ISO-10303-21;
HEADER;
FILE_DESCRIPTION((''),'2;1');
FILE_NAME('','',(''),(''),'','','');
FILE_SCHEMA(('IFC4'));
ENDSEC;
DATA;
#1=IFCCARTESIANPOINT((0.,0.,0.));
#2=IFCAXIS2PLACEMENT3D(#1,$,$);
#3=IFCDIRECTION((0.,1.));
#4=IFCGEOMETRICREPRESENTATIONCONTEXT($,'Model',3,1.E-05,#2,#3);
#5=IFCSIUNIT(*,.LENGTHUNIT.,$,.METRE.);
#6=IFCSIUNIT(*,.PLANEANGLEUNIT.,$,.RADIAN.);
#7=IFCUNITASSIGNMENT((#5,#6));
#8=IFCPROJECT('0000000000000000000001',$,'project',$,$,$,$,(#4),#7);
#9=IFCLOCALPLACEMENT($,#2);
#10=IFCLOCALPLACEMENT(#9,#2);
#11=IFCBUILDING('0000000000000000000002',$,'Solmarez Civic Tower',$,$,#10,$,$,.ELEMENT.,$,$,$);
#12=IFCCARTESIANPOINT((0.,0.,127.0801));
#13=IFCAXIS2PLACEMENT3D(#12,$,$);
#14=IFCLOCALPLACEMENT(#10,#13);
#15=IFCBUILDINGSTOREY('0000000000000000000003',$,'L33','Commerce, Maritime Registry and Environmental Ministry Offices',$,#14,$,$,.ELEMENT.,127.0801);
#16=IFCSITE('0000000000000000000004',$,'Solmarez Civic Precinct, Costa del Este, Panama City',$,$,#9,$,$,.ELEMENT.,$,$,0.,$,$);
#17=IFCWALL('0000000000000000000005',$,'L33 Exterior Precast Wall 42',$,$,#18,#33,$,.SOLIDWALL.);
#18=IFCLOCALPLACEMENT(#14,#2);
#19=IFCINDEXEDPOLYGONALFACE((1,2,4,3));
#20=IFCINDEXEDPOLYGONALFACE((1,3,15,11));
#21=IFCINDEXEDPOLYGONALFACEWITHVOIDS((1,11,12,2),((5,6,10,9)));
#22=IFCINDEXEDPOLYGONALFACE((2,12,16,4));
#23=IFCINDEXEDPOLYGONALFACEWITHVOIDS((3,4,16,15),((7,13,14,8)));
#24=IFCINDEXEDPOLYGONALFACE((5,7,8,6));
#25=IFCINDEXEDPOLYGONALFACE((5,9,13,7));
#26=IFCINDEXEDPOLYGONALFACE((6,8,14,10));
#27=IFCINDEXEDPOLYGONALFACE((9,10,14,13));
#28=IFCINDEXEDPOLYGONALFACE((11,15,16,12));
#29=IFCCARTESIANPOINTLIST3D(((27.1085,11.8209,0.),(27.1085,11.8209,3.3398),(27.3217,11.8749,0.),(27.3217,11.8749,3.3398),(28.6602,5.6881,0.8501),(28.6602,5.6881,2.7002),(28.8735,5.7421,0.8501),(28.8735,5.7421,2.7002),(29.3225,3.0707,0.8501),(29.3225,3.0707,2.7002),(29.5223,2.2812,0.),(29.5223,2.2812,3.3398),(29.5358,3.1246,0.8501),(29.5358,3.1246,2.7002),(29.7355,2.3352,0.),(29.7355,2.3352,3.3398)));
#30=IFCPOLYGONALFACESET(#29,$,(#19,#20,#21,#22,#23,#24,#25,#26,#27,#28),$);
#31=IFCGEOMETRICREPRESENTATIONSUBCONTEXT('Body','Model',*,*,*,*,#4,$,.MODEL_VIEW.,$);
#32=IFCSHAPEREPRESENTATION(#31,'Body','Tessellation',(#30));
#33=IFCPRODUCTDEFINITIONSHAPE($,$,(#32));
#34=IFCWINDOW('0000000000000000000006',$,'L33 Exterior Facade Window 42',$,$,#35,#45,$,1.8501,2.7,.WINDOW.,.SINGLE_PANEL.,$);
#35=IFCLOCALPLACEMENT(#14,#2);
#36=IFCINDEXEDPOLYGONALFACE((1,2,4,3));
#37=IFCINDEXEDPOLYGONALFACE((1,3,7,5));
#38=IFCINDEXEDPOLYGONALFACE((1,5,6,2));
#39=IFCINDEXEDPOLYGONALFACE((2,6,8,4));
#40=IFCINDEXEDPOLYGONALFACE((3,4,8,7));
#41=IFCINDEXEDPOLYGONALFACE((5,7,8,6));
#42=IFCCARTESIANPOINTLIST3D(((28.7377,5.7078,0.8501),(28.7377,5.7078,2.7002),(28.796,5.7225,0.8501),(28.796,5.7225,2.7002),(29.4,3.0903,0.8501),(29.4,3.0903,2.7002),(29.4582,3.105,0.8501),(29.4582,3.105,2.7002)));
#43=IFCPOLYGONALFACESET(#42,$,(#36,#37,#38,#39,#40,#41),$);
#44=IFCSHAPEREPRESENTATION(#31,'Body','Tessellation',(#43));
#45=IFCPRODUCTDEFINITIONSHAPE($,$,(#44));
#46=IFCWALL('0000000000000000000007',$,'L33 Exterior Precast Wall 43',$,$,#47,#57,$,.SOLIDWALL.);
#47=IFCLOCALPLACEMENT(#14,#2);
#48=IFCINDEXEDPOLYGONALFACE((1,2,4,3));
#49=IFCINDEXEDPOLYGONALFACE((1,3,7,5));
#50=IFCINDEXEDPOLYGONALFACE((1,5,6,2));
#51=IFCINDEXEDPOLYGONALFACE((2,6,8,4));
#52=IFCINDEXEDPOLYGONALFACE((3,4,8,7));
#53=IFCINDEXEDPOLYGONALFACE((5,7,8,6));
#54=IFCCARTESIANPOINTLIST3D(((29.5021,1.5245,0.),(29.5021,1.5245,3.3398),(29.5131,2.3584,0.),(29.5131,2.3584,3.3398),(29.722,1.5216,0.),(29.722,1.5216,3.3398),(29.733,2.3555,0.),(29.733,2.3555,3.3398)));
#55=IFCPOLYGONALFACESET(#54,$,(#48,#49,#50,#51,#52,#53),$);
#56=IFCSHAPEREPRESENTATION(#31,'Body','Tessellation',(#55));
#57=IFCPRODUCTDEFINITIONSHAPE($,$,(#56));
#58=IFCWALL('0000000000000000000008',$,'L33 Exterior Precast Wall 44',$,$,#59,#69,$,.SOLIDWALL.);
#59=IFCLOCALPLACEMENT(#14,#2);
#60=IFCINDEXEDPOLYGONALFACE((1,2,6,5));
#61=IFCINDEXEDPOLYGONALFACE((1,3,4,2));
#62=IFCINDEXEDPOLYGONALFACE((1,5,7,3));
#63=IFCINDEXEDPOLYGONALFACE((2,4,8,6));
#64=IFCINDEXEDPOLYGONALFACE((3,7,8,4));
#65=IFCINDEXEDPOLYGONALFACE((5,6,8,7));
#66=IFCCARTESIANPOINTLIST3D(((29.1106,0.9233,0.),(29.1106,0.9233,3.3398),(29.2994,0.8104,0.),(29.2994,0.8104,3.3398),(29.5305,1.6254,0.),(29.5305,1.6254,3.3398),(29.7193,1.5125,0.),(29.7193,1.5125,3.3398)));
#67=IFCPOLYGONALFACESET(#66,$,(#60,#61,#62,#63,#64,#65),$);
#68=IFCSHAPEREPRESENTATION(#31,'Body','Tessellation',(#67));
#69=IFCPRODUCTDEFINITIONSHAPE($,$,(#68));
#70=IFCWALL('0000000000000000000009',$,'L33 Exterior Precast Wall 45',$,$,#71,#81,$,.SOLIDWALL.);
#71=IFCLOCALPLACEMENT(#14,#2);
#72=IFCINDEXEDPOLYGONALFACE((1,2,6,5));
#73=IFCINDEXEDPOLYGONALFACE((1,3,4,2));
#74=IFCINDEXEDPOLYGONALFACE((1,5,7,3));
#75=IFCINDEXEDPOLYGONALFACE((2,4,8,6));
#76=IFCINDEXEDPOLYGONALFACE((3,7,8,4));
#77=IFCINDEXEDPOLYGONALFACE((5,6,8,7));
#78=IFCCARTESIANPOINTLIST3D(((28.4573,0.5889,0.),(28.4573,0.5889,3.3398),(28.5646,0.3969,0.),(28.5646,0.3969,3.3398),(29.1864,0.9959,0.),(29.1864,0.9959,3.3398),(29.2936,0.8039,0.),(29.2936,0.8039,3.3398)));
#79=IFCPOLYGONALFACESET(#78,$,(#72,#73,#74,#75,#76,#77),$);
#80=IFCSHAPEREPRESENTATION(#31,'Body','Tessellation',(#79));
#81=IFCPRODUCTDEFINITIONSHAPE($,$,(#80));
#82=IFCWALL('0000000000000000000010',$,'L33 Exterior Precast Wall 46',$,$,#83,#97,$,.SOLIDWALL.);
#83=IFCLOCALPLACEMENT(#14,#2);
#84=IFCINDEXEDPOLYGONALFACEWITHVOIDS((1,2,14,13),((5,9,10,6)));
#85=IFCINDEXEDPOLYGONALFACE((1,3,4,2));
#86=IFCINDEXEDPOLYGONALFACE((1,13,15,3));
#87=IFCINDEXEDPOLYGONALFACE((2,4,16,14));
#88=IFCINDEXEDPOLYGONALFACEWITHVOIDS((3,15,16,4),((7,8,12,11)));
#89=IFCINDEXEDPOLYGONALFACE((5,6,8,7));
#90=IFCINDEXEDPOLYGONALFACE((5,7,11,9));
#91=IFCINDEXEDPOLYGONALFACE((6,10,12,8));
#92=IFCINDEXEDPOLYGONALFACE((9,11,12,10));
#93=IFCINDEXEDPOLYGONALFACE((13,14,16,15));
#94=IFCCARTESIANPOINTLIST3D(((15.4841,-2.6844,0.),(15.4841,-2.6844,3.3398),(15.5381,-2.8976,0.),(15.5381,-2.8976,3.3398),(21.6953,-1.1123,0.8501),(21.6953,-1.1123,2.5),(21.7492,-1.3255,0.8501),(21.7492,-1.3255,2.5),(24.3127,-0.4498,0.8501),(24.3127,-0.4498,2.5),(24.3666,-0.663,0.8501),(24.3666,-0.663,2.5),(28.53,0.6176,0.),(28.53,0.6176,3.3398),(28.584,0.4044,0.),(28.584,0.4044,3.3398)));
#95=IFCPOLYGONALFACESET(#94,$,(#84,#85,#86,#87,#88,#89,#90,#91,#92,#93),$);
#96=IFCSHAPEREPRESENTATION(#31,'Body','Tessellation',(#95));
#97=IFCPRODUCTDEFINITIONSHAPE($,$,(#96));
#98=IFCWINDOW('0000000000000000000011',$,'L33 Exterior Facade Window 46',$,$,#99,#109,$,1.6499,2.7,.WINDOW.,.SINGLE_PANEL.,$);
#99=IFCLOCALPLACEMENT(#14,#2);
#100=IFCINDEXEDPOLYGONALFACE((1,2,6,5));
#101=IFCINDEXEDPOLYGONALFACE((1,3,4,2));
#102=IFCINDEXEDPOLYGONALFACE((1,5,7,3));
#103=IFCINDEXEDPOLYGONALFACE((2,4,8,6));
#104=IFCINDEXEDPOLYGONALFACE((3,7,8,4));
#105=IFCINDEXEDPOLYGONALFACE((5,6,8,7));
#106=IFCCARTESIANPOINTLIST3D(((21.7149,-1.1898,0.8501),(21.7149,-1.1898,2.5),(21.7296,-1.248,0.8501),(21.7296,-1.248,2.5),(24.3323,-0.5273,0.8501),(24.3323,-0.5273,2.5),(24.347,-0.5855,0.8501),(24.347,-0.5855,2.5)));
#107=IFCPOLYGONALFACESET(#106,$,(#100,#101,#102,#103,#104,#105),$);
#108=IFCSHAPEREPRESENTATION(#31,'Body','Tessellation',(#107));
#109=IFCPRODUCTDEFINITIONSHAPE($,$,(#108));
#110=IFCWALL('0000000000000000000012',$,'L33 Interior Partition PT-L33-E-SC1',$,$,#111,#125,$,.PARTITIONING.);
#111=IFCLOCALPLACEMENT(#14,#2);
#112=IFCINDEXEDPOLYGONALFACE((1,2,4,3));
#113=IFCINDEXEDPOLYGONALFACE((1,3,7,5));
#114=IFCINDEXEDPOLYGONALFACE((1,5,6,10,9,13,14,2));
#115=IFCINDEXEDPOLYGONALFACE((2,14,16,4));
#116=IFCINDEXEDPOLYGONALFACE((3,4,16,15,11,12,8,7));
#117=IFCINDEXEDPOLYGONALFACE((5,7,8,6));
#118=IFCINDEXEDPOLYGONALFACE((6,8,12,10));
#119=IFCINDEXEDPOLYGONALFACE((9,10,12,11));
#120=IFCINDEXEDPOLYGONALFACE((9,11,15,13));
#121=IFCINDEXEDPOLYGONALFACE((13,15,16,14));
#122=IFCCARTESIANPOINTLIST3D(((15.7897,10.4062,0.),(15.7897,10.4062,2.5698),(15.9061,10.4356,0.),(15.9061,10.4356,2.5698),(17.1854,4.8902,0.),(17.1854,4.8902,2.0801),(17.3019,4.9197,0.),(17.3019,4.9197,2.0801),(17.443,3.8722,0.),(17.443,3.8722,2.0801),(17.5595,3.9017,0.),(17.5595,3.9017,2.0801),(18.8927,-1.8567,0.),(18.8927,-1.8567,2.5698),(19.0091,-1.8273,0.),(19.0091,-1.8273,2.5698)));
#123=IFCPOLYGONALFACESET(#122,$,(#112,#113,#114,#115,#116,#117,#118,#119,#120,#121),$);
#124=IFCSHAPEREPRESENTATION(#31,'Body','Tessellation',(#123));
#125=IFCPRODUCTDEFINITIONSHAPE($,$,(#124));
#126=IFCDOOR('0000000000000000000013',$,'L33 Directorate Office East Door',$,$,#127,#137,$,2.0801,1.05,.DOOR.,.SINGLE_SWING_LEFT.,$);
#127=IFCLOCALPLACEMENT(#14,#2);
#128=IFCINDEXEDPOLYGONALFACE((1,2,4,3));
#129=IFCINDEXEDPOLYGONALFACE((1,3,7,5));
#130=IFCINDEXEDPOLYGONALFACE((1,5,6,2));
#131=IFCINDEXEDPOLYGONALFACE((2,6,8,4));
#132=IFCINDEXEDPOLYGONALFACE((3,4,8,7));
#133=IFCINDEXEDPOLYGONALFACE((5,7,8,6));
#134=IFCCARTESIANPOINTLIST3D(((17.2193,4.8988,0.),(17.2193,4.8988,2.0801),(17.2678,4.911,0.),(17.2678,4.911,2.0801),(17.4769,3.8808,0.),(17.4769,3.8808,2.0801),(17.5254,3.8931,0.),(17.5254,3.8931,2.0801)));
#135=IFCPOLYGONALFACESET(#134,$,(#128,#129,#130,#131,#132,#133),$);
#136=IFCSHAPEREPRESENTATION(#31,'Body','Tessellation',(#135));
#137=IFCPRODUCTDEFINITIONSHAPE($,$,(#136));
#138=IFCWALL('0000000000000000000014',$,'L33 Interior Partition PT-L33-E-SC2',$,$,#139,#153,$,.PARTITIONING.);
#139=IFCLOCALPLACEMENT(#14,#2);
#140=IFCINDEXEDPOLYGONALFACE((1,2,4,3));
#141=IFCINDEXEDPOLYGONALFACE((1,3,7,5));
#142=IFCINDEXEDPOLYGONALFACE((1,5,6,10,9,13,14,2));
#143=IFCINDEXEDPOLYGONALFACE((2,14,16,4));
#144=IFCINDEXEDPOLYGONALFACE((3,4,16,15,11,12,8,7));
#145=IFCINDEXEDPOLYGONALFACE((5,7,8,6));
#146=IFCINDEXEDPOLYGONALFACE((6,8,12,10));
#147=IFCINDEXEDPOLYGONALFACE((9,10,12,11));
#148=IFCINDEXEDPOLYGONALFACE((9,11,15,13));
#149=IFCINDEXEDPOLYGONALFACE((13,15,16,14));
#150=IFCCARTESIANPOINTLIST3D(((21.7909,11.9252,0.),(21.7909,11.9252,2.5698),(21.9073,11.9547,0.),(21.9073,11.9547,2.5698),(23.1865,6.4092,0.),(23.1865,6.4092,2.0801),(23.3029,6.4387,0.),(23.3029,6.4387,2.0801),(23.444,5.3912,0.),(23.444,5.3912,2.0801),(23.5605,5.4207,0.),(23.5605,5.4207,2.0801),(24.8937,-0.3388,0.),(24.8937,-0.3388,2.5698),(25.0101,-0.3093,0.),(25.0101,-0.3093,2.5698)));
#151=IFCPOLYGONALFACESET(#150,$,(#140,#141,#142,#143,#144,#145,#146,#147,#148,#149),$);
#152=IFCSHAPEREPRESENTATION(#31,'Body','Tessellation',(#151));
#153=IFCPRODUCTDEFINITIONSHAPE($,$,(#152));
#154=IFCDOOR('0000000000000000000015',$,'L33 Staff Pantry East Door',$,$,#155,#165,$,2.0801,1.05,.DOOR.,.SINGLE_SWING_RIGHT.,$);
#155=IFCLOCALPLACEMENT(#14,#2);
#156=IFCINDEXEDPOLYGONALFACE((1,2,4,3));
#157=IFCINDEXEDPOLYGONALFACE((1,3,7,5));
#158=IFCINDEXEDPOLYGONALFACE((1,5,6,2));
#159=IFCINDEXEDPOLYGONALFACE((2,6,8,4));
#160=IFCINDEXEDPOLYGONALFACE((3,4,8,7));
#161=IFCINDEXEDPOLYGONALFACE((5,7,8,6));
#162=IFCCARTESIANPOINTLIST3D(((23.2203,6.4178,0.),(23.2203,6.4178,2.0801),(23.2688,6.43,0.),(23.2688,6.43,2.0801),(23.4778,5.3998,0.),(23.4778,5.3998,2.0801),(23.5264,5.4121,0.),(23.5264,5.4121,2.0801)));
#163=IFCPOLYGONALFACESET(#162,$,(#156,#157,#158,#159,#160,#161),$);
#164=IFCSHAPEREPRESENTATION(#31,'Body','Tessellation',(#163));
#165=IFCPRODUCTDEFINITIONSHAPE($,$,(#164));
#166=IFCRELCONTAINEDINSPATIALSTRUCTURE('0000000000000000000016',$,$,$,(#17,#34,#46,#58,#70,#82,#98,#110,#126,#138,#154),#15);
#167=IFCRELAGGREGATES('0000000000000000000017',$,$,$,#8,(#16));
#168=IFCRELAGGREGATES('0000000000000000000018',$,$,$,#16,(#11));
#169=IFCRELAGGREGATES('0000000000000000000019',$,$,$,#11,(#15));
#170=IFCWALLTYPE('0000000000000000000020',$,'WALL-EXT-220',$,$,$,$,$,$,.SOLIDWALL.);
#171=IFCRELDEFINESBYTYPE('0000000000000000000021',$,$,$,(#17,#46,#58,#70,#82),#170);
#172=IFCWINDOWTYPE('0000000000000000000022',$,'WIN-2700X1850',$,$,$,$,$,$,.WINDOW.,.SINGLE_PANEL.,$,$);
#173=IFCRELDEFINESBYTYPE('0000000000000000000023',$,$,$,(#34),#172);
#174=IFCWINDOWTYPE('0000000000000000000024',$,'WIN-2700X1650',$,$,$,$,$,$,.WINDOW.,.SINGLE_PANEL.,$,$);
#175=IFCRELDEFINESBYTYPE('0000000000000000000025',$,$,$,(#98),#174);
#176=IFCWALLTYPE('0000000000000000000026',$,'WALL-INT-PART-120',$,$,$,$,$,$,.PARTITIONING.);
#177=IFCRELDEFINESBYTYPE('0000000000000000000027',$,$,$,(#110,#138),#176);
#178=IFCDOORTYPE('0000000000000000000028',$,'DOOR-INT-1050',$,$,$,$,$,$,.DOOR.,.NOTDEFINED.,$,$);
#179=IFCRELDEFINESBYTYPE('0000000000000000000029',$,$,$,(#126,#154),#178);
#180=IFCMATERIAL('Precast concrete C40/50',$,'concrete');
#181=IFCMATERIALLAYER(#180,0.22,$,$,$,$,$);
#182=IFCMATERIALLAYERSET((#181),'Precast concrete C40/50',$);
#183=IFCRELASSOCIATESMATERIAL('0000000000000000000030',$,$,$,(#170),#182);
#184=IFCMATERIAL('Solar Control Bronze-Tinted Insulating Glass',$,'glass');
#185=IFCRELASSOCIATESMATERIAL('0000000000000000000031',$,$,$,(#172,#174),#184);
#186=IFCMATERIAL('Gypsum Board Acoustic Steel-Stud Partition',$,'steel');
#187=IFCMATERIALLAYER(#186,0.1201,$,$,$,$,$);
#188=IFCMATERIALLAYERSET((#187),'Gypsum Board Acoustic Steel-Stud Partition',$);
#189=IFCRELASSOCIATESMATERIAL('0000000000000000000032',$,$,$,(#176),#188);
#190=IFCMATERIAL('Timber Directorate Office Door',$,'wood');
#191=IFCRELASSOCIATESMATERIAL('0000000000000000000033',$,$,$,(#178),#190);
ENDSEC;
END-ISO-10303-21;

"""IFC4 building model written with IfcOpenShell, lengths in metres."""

from ifc_helpers import new_model, si_unit, direction, frame, frame_2d, origin, place, context, subcontext, project, spatial, rectangle, extrude, material, layer, layer_set, type_object, element, fill, save


model = new_model("IFC4")

# Units and contexts
model_context = context("Model", 3, precision=1e-05, world=origin(), true_north=direction((0.0, 1.0)))
body_context = subcontext(model_context, "Body", "Model", "MODEL_VIEW")
ifc_project = project(units=[si_unit("LENGTHUNIT", "METRE"), si_unit("PLANEANGLEUNIT", "RADIAN")], contexts=[model_context])

# Site, building, storey
site_placement = place(None, origin())
site = spatial("IfcSite", under=ifc_project, at=site_placement, Name="Solmarez Civic Precinct, Costa del Este, Panama City", CompositionType="ELEMENT", RefElevation=0.0)
building_placement = place(site_placement, origin())
building = spatial("IfcBuilding", under=site, at=building_placement, Name="Solmarez Civic Tower", CompositionType="ELEMENT")
storey_placement = place(building_placement, frame((0.0, 0.0, 127.0801)))
storey = spatial("IfcBuildingStorey", under=building, at=storey_placement, Name="L33", Description="Commerce, Maritime Registry and Environmental Ministry Offices", CompositionType="ELEMENT", Elevation=127.0801)

# Shared definitions
ifc_material_1 = material(Name="Precast concrete C40/50", Category="concrete")
ifc_layer_1 = layer(ifc_material_1, 0.22)
ifc_layer_set_1 = layer_set([ifc_layer_1], Name="Precast concrete C40/50")
wall_type_1 = type_object("IfcWallType", Name="WALL-EXT-220", PredefinedType="SOLIDWALL", material=ifc_layer_set_1)

# Wall, opening, window
wall_1_placement = place(storey_placement, frame((27.2151, 11.8479, 0.0), z_axis=(0.0, 0.0, 1.0), x_axis=(0.245296, -0.969448, 0.0)))
wall_1 = element("IfcWall", 1, at=wall_1_placement, inside=storey, type_object=wall_type_1, Name="L33 Exterior Precast Wall 42", PredefinedType="SOLIDWALL", context=body_context, shape_type="SweptSolid", body=[
    extrude(rectangle(XDim=9.8403, YDim=0.22, at=frame_2d((4.9202, 0.0))), origin(), (0.0, 0.0, 1.0), 3.3398),
])
opening_1_placement = place(wall_1_placement, frame((6.3259, 0.0, 0.8501)))
opening_1 = element("IfcOpeningElement", 2, at=opening_1_placement, cuts=wall_1, PredefinedType="OPENING", context=body_context, shape_type="SweptSolid", body=[
    extrude(rectangle(XDim=2.7, YDim=1.8501, at=frame_2d((1.3501, 0.925))), frame((0.0, 0.1199, 0.0), z_axis=(0.0, -1.0, 0.0), x_axis=(1.0, 0.0, 0.0)), (0.0, 0.0, 1.0), 0.24),
])
ifc_material_2 = material(Name="Solar Control Bronze-Tinted Insulating Glass", Category="glass")
window_type_1 = type_object("IfcWindowType", Name="WIN-2700X1850", PartitioningType="SINGLE_PANEL", PredefinedType="WINDOW", material=ifc_material_2)
window_1_placement = place(opening_1_placement, origin())
window_1 = element("IfcWindow", 3, at=window_1_placement, inside=storey, type_object=window_type_1, Name="L33 Exterior Facade Window 42", OverallHeight=1.8501, OverallWidth=2.7, PartitioningType="SINGLE_PANEL", PredefinedType="WINDOW", context=body_context, shape_type="SweptSolid", body=[
    extrude(rectangle(XDim=2.7, YDim=1.8501, at=frame_2d((1.3501, 0.925))), frame((0.0, 0.03, 0.0), z_axis=(0.0, -1.0, 0.0), x_axis=(1.0, 0.0, 0.0)), (0.0, 0.0, 1.0), 0.0601),
])
fill(opening_1, window_1)

# Walls
wall_2_placement = place(storey_placement, frame((29.623, 2.3569, 0.0), z_axis=(0.0, 0.0, 1.0), x_axis=(-0.013172, -0.999913, 0.0)))
element("IfcWall", 4, at=wall_2_placement, inside=storey, type_object=wall_type_1, Name="L33 Exterior Precast Wall 43", PredefinedType="SOLIDWALL", context=body_context, shape_type="SweptSolid", body=[
    extrude(rectangle(XDim=0.834, YDim=0.22, at=frame_2d((0.417, 0.0))), origin(), (0.0, 0.0, 1.0), 3.3398),
])
wall_3_placement = place(storey_placement, frame((29.625, 1.5691, 0.0), z_axis=(0.0, 0.0, 1.0), x_axis=(-0.513266, -0.858229, 0.0)))
element("IfcWall", 5, at=wall_3_placement, inside=storey, type_object=wall_type_1, Name="L33 Exterior Precast Wall 44", PredefinedType="SOLIDWALL", context=body_context, shape_type="SweptSolid", body=[
    extrude(rectangle(XDim=0.8181, YDim=0.22, at=frame_2d((0.4092, 0.0))), origin(), (0.0, 0.0, 1.0), 3.3398),
])
wall_4_placement = place(storey_placement, frame((29.24, 0.8999, 0.0), z_axis=(0.0, 0.0, 1.0), x_axis=(-0.873148, -0.487454, 0.0)))
element("IfcWall", 6, at=wall_4_placement, inside=storey, type_object=wall_type_1, Name="L33 Exterior Precast Wall 45", PredefinedType="SOLIDWALL", context=body_context, shape_type="SweptSolid", body=[
    extrude(rectangle(XDim=0.835, YDim=0.22, at=frame_2d((0.4175, 0.0))), origin(), (0.0, 0.0, 1.0), 3.3398),
])

# Wall, opening, window
wall_5_placement = place(storey_placement, frame((28.5569, 0.511, 0.0), z_axis=(0.0, 0.0, 1.0), x_axis=(-0.96943, -0.245369, 0.0)))
wall_5 = element("IfcWall", 7, at=wall_5_placement, inside=storey, type_object=wall_type_1, Name="L33 Exterior Precast Wall 46", PredefinedType="SOLIDWALL", context=body_context, shape_type="SweptSolid", body=[
    extrude(rectangle(XDim=13.4573, YDim=0.22, at=frame_2d((6.7285, 0.0))), origin(), (0.0, 0.0, 1.0), 3.3398),
])
opening_2_placement = place(wall_5_placement, frame((4.3501, 0.0, 0.8501)))
opening_2 = element("IfcOpeningElement", 8, at=opening_2_placement, cuts=wall_5, PredefinedType="OPENING", context=body_context, shape_type="SweptSolid", body=[
    extrude(rectangle(XDim=2.7, YDim=1.6499, at=frame_2d((1.3501, 0.825))), frame((0.0, 0.1199, 0.0), z_axis=(0.0, -1.0, 0.0), x_axis=(1.0, 0.0, 0.0)), (0.0, 0.0, 1.0), 0.24),
])
window_type_2 = type_object("IfcWindowType", Name="WIN-2700X1650", PartitioningType="SINGLE_PANEL", PredefinedType="WINDOW", material=ifc_material_2)
window_2_placement = place(opening_2_placement, origin())
window_2 = element("IfcWindow", 9, at=window_2_placement, inside=storey, type_object=window_type_2, Name="L33 Exterior Facade Window 46", OverallHeight=1.6499, OverallWidth=2.7, PartitioningType="SINGLE_PANEL", PredefinedType="WINDOW", context=body_context, shape_type="SweptSolid", body=[
    extrude(rectangle(XDim=2.7, YDim=1.6499, at=frame_2d((1.3501, 0.825))), frame((0.0, 0.03, 0.0), z_axis=(0.0, -1.0, 0.0), x_axis=(1.0, 0.0, 0.0)), (0.0, 0.0, 1.0), 0.0601),
])
fill(opening_2, window_2)

# Walls, openings, doors
ifc_material_3 = material(Name="Gypsum Board Acoustic Steel-Stud Partition", Category="steel")
ifc_layer_2 = layer(ifc_material_3, 0.1201)
ifc_layer_set_2 = layer_set([ifc_layer_2], Name="Gypsum Board Acoustic Steel-Stud Partition")
wall_type_2 = type_object("IfcWallType", Name="WALL-INT-PART-120", PredefinedType="PARTITIONING", material=ifc_layer_set_2)
wall_6_placement = place(storey_placement, frame((15.8479, 10.4209, 0.0), z_axis=(0.0, 0.0, 1.0), x_axis=(0.245309, -0.969445, 0.0)))
wall_6 = element("IfcWall", 10, at=wall_6_placement, inside=storey, type_object=wall_type_2, Name="L33 Interior Partition PT-L33-E-SC1", PredefinedType="PARTITIONING", context=body_context, shape_type="SweptSolid", body=[
    extrude(rectangle(XDim=12.6494, YDim=0.1201, at=frame_2d((6.3247, 0.0))), origin(), (0.0, 0.0, 1.0), 2.5698),
])
opening_3_placement = place(wall_6_placement, frame((5.6899, 0.0, 0.0)))
opening_3 = element("IfcOpeningElement", 11, at=opening_3_placement, cuts=wall_6, PredefinedType="OPENING", context=body_context, shape_type="SweptSolid", body=[
    extrude(rectangle(XDim=1.05, YDim=2.0801, at=frame_2d((0.5249, 1.04))), frame((0.0, 0.0701, 0.0), z_axis=(0.0, -1.0, 0.0), x_axis=(1.0, 0.0, 0.0)), (0.0, 0.0, 1.0), 0.1401),
])
ifc_material_4 = material(Name="Timber Directorate Office Door", Category="wood")
door_type = type_object("IfcDoorType", Name="DOOR-INT-1050", OperationType="NOTDEFINED", PredefinedType="DOOR", material=ifc_material_4)
door_1_placement = place(opening_3_placement, origin())
door_1 = element("IfcDoor", 12, at=door_1_placement, inside=storey, type_object=door_type, Name="L33 Directorate Office East Door", OperationType="SINGLE_SWING_LEFT", OverallHeight=2.0801, OverallWidth=1.05, PredefinedType="DOOR", context=body_context, shape_type="SweptSolid", body=[
    extrude(rectangle(XDim=1.05, YDim=2.0801, at=frame_2d((0.5249, 1.04))), frame((0.0, 0.0249, 0.0), z_axis=(0.0, -1.0, 0.0), x_axis=(1.0, 0.0, 0.0)), (0.0, 0.0, 1.0), 0.05),
])
fill(opening_3, door_1)
wall_7_placement = place(storey_placement, frame((21.8491, 11.9399, 0.0), z_axis=(0.0, 0.0, 1.0), x_axis=(0.245273, -0.969454, 0.0)))
wall_7 = element("IfcWall", 13, at=wall_7_placement, inside=storey, type_object=wall_type_2, Name="L33 Interior Partition PT-L33-E-SC2", PredefinedType="PARTITIONING", context=body_context, shape_type="SweptSolid", body=[
    extrude(rectangle(XDim=12.6504, YDim=0.1201, at=frame_2d((6.3252, 0.0))), origin(), (0.0, 0.0, 1.0), 2.5698),
])
opening_4_placement = place(wall_7_placement, frame((5.6899, 0.0, 0.0)))
opening_4 = element("IfcOpeningElement", 14, at=opening_4_placement, cuts=wall_7, PredefinedType="OPENING", context=body_context, shape_type="SweptSolid", body=[
    extrude(rectangle(XDim=1.05, YDim=2.0801, at=frame_2d((0.5249, 1.04))), frame((0.0, 0.0701, 0.0), z_axis=(0.0, -1.0, 0.0), x_axis=(1.0, 0.0, 0.0)), (0.0, 0.0, 1.0), 0.1401),
])
door_2_placement = place(opening_4_placement, origin())
door_2 = element("IfcDoor", 15, at=door_2_placement, inside=storey, type_object=door_type, Name="L33 Staff Pantry East Door", OperationType="SINGLE_SWING_RIGHT", OverallHeight=2.0801, OverallWidth=1.05, PredefinedType="DOOR", context=body_context, shape_type="SweptSolid", body=[
    extrude(rectangle(XDim=1.05, YDim=2.0801, at=frame_2d((0.5249, 1.04))), frame((0.0, 0.0249, 0.0), z_axis=(0.0, -1.0, 0.0), x_axis=(1.0, 0.0, 0.0)), (0.0, 0.0, 1.0), 0.05),
])
fill(opening_4, door_2)

save(model, "model.ifc")
